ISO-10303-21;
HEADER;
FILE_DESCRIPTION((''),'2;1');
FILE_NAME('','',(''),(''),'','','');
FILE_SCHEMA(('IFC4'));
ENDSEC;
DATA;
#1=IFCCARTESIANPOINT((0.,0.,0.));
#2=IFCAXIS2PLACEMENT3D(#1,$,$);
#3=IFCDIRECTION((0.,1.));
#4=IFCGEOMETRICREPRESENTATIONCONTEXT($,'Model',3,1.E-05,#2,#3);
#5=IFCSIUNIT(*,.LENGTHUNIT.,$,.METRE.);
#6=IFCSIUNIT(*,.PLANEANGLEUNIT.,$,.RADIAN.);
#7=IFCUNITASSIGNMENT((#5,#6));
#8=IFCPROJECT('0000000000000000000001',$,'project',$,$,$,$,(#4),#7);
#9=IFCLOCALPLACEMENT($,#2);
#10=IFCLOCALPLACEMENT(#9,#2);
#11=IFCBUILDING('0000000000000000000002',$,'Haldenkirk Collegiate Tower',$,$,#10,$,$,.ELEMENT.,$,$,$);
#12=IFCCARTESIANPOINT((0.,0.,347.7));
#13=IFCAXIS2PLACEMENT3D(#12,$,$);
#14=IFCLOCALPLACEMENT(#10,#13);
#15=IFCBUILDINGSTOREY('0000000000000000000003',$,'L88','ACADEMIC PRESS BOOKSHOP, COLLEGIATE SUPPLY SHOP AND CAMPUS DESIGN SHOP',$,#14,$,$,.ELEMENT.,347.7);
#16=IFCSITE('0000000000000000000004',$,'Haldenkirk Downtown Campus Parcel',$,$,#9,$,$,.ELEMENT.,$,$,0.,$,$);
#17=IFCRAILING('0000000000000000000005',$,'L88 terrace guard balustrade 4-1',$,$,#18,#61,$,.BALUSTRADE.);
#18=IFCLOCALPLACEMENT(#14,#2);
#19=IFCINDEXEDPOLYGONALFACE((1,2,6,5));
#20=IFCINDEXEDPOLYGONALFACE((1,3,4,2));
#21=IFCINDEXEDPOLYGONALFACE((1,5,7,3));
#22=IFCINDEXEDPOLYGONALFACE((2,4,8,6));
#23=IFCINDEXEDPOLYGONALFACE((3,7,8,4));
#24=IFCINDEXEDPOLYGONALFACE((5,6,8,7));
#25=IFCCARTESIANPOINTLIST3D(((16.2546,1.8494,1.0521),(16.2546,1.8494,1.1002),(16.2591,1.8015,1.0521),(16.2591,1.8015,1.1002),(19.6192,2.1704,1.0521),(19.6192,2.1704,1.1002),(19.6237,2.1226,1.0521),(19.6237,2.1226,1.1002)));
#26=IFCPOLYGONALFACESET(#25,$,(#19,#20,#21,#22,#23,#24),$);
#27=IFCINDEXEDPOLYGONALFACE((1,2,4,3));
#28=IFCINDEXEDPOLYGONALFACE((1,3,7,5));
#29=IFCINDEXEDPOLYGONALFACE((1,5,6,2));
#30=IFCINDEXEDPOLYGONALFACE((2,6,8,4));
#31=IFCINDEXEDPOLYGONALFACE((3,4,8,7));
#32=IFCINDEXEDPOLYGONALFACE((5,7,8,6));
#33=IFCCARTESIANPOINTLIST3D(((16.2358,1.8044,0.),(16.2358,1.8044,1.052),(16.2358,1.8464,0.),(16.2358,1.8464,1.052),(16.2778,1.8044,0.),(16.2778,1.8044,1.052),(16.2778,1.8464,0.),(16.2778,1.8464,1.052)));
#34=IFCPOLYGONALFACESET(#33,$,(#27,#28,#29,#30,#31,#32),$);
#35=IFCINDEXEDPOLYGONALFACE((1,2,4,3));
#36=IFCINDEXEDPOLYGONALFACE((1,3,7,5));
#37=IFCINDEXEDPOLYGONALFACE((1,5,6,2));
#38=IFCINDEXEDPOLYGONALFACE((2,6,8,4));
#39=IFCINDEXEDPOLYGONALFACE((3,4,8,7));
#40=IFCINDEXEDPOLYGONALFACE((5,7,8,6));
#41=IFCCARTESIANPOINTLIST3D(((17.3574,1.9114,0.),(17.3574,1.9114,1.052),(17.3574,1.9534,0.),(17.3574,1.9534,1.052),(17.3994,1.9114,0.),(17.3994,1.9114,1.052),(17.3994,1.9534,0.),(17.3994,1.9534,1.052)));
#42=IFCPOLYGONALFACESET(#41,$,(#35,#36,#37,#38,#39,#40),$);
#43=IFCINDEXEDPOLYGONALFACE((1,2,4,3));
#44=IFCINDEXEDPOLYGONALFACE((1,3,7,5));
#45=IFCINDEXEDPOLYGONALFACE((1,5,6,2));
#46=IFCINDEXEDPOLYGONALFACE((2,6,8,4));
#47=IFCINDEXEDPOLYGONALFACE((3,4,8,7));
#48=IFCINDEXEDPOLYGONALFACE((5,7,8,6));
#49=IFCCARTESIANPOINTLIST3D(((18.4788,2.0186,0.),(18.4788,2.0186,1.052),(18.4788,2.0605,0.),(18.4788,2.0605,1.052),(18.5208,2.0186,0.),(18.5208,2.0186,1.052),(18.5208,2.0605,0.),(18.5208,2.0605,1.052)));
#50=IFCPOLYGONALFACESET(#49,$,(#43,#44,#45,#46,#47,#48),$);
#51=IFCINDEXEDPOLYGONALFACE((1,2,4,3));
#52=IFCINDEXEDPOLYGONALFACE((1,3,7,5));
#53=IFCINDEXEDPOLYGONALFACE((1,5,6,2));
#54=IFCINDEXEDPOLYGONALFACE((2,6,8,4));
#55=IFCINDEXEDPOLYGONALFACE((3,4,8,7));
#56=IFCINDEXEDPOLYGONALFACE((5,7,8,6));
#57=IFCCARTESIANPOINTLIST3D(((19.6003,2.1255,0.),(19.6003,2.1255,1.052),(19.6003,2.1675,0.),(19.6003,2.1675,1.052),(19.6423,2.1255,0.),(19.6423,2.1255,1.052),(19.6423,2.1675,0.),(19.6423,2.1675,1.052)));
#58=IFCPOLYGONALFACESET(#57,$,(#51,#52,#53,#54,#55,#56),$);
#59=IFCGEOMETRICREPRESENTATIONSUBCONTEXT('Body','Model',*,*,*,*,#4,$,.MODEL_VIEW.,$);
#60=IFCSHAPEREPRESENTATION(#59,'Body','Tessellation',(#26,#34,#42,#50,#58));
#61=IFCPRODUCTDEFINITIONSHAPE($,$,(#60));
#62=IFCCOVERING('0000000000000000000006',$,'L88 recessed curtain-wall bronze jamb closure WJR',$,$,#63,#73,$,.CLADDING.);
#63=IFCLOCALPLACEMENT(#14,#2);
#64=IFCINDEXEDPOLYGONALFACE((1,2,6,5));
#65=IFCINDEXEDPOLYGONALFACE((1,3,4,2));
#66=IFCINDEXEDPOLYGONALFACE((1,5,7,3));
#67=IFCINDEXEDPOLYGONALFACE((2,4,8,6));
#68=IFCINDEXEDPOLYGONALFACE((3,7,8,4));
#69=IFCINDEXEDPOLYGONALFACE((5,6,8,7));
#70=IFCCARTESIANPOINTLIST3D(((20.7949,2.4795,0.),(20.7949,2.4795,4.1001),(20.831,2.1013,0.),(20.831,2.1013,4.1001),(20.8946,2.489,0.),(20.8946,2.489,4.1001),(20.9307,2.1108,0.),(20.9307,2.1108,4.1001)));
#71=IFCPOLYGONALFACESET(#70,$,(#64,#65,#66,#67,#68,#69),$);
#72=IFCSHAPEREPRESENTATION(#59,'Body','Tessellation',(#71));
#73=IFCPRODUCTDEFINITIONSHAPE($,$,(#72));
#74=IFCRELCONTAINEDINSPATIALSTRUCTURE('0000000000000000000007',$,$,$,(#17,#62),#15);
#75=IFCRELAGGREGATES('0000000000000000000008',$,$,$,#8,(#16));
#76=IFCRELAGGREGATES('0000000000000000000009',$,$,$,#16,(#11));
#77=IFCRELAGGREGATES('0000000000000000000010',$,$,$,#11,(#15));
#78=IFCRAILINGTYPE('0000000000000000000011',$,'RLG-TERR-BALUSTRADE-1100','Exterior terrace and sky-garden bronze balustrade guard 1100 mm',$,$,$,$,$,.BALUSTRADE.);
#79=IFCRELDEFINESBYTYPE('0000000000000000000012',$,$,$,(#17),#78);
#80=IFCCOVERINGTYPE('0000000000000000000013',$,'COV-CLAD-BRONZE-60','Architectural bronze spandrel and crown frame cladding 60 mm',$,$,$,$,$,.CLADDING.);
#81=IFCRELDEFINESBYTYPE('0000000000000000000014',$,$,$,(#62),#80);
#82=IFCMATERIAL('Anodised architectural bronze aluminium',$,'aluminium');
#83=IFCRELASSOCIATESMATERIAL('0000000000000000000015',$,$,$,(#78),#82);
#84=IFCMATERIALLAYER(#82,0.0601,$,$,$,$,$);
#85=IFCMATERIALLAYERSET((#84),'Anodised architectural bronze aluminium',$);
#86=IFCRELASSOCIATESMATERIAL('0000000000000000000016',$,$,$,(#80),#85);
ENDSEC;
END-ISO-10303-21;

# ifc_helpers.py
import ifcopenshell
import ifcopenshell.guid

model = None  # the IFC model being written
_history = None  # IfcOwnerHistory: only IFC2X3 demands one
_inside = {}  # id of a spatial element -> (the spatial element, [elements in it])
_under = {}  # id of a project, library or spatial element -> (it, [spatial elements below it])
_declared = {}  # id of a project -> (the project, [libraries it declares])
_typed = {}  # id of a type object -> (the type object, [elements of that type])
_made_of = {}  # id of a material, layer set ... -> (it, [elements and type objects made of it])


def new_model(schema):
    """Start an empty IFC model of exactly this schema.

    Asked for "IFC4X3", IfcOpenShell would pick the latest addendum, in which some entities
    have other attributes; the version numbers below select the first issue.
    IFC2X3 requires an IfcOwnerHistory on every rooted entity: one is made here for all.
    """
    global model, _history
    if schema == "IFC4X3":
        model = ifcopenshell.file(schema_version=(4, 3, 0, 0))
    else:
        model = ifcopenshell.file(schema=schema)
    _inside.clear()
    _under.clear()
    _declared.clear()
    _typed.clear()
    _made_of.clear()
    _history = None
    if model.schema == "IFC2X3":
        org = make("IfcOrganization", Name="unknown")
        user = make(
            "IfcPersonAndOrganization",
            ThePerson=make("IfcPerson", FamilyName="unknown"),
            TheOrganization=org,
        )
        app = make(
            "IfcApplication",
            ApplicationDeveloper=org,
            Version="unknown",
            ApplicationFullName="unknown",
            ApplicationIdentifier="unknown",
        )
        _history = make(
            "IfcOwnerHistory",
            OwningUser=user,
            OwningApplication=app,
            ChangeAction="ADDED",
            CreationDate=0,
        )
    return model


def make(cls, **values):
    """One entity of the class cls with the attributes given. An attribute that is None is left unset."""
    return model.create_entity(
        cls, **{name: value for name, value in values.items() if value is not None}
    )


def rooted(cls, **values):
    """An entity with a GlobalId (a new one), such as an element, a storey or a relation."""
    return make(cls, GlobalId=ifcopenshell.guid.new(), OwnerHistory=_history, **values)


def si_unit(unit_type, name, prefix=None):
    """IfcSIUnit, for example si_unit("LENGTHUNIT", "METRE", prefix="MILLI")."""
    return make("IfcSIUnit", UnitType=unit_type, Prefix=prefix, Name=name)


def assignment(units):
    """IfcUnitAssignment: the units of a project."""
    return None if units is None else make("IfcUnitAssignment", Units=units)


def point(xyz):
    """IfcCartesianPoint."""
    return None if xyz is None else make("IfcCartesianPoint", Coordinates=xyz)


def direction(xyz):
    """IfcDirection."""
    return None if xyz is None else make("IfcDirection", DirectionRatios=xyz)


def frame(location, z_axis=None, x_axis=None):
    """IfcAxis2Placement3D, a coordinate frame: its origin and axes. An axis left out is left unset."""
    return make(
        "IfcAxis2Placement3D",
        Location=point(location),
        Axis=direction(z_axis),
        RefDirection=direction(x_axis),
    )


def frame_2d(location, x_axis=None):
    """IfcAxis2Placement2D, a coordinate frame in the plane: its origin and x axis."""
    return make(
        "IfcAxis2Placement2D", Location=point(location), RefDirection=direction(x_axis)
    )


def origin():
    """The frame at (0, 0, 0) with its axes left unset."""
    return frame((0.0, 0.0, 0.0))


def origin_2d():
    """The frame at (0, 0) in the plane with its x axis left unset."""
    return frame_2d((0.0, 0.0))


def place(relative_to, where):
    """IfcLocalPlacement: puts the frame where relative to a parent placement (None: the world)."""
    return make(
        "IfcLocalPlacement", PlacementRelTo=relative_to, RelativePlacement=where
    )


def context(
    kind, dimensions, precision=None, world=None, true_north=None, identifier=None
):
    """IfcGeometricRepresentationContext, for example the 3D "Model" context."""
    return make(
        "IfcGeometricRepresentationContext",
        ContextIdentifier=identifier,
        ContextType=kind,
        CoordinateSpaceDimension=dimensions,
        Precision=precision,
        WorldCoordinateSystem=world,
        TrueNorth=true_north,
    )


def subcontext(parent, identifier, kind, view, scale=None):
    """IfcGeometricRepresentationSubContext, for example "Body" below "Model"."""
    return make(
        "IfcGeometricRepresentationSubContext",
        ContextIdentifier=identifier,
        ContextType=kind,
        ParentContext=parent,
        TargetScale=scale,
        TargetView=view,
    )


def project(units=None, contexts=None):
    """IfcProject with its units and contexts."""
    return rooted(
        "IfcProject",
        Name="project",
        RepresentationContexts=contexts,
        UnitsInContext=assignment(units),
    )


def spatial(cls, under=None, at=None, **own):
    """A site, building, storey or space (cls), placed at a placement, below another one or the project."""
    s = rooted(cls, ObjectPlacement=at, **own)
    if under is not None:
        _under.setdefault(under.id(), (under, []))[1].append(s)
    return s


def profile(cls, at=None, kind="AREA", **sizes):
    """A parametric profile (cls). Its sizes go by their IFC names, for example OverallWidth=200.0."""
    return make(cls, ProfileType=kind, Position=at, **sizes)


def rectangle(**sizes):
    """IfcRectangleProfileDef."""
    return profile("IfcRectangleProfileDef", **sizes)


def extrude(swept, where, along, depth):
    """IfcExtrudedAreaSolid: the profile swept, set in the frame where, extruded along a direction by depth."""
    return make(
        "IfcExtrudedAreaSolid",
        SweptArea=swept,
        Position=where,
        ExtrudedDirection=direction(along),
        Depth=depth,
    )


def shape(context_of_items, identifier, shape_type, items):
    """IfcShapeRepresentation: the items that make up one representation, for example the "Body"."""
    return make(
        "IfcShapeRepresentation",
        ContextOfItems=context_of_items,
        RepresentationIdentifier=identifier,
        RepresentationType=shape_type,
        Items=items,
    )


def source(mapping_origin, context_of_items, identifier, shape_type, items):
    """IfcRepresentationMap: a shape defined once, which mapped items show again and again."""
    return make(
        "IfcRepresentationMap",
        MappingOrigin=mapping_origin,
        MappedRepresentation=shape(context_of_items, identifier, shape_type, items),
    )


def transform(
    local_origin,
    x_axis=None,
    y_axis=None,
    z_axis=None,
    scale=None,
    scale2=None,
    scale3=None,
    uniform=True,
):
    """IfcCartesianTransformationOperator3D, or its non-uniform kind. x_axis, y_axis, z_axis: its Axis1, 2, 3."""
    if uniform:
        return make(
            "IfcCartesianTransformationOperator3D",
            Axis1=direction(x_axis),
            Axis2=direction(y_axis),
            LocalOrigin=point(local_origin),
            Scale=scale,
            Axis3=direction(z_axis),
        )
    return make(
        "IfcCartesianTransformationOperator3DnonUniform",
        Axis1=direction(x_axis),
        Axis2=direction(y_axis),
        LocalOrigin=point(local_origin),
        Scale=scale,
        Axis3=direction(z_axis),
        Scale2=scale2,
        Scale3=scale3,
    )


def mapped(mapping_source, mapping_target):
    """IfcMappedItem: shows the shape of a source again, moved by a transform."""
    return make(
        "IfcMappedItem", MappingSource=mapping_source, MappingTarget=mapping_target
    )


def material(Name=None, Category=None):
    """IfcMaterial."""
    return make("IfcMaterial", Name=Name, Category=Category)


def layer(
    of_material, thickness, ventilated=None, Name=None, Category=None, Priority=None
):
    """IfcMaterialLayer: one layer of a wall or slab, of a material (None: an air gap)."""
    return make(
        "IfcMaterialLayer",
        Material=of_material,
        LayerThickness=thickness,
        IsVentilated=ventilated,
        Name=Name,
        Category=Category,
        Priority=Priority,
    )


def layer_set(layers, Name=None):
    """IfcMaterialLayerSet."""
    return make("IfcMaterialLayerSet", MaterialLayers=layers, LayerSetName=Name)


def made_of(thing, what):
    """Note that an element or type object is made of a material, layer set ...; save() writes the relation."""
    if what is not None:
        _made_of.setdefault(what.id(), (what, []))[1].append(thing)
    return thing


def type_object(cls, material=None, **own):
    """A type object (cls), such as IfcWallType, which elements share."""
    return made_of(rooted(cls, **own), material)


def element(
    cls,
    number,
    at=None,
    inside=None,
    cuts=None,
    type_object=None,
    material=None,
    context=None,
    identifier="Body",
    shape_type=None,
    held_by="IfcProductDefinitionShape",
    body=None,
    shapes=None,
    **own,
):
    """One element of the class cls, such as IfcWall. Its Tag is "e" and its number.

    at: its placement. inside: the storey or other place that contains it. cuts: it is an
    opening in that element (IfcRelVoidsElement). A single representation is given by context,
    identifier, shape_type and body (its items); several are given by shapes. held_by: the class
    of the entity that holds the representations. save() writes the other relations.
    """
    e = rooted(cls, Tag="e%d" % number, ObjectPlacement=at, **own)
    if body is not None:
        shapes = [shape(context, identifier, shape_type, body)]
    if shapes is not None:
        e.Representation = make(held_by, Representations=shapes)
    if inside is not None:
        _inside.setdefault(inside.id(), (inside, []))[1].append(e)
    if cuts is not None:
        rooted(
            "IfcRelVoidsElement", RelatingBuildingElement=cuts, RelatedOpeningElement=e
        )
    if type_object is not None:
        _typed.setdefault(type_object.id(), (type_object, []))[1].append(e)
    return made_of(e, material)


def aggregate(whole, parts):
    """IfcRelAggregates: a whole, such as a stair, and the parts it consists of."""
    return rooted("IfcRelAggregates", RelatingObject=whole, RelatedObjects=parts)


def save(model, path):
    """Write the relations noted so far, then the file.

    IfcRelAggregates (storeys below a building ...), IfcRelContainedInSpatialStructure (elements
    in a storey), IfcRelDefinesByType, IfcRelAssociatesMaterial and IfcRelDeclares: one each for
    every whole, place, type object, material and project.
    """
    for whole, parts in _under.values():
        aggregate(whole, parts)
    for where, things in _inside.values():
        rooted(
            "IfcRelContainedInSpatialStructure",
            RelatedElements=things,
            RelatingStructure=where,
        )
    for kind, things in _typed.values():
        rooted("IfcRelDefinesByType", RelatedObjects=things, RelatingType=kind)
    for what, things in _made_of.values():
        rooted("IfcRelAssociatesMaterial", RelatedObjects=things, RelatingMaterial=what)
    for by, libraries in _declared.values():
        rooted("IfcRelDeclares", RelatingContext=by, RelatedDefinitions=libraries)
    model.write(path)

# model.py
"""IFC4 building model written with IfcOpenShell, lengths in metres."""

from ifc_helpers import new_model, si_unit, direction, frame, origin, origin_2d, place, context, subcontext, project, spatial, rectangle, extrude, source, transform, mapped, material, layer, layer_set, type_object, element, save


model = new_model("IFC4")

# Units and contexts
model_context = context("Model", 3, precision=1e-05, world=origin(), true_north=direction((0.0, 1.0)))
body_context = subcontext(model_context, "Body", "Model", "MODEL_VIEW")
ifc_project = project(units=[si_unit("LENGTHUNIT", "METRE"), si_unit("PLANEANGLEUNIT", "RADIAN")], contexts=[model_context])

# Site, building, storey
site_placement = place(None, origin())
site = spatial("IfcSite", under=ifc_project, at=site_placement, Name="Haldenkirk Downtown Campus Parcel", CompositionType="ELEMENT", RefElevation=0.0)
building_placement = place(site_placement, origin())
building = spatial("IfcBuilding", under=site, at=building_placement, Name="Haldenkirk Collegiate Tower", CompositionType="ELEMENT")
storey_placement = place(building_placement, frame((0.0, 0.0, 347.7)))
storey = spatial("IfcBuildingStorey", under=building, at=storey_placement, Name="L88", Description="ACADEMIC PRESS BOOKSHOP, COLLEGIATE SUPPLY SHOP AND CAMPUS DESIGN SHOP", CompositionType="ELEMENT", Elevation=347.7)

# Shared definitions
ifc_material_1 = material(Name="Anodised architectural bronze aluminium", Category="aluminium")

# Railing
railing_type = type_object("IfcRailingType", Name="RLG-TERR-BALUSTRADE-1100", Description="Exterior terrace and sky-garden bronze balustrade guard 1100 mm", PredefinedType="BALUSTRADE", material=ifc_material_1)
railing_1_placement = place(storey_placement, frame((16.2568, 1.8254, 0.0)))
element("IfcRailing", 1, at=railing_1_placement, inside=storey, type_object=railing_type, Name="L88 terrace guard balustrade 4-1", PredefinedType="BALUSTRADE", context=body_context, shape_type="SweptSolid", body=[
    extrude(rectangle(XDim=0.0481, YDim=0.0481, at=origin_2d()), frame((0.0, 0.0, 1.0762), z_axis=(0.995478, 0.09499, 0.0), x_axis=(-0.09499, 0.995478, 0.0)), (0.0, 0.0, 1.0), 3.3799),
    extrude(rectangle(XDim=0.042, YDim=0.042, at=origin_2d()), origin(), (0.0, 0.0, 1.0), 1.052),
    extrude(rectangle(XDim=0.042, YDim=0.042, at=origin_2d()), frame((1.1216, 0.1069, 0.0)), (0.0, 0.0, 1.0), 1.052),
    extrude(rectangle(XDim=0.042, YDim=0.042, at=origin_2d()), frame((2.2429, 0.2141, 0.0)), (0.0, 0.0, 1.0), 1.052),
    extrude(rectangle(XDim=0.042, YDim=0.042, at=origin_2d()), frame((3.3645, 0.321, 0.0)), (0.0, 0.0, 1.0), 1.052),
])

# Covering
ifc_layer_1 = layer(ifc_material_1, 0.0601)
ifc_layer_set_1 = layer_set([ifc_layer_1], Name="Anodised architectural bronze aluminium")
covering_type = type_object("IfcCoveringType", Name="COV-CLAD-BRONZE-60", Description="Architectural bronze spandrel and crown frame cladding 60 mm", PredefinedType="CLADDING", material=ifc_layer_set_1)
shared_shape_1 = source(origin(), body_context, "Body", "SweptSolid", [
    extrude(rectangle(XDim=0.1001, YDim=0.3799, at=origin_2d()), origin(), (0.0, 0.0, 1.0), 4.1001),
])
covering_placement = place(storey_placement, frame((20.8628, 2.2952, 0.0), z_axis=(0.0, 0.0, 1.0), x_axis=(-0.995479, -0.094977, 0.0)))
element("IfcCovering", 2, at=covering_placement, inside=storey, type_object=covering_type, Name="L88 recessed curtain-wall bronze jamb closure WJR", PredefinedType="CLADDING", context=body_context, shape_type="MappedRepresentation", body=[
    mapped(shared_shape_1, transform((0.0, 0.0, 0.0), x_axis=(1.0, 0.0, 0.0), y_axis=(0.0, 1.0, 0.0), z_axis=(0.0, 0.0, 1.0), scale=1.0)),
])

save(model, "model.ifc")
